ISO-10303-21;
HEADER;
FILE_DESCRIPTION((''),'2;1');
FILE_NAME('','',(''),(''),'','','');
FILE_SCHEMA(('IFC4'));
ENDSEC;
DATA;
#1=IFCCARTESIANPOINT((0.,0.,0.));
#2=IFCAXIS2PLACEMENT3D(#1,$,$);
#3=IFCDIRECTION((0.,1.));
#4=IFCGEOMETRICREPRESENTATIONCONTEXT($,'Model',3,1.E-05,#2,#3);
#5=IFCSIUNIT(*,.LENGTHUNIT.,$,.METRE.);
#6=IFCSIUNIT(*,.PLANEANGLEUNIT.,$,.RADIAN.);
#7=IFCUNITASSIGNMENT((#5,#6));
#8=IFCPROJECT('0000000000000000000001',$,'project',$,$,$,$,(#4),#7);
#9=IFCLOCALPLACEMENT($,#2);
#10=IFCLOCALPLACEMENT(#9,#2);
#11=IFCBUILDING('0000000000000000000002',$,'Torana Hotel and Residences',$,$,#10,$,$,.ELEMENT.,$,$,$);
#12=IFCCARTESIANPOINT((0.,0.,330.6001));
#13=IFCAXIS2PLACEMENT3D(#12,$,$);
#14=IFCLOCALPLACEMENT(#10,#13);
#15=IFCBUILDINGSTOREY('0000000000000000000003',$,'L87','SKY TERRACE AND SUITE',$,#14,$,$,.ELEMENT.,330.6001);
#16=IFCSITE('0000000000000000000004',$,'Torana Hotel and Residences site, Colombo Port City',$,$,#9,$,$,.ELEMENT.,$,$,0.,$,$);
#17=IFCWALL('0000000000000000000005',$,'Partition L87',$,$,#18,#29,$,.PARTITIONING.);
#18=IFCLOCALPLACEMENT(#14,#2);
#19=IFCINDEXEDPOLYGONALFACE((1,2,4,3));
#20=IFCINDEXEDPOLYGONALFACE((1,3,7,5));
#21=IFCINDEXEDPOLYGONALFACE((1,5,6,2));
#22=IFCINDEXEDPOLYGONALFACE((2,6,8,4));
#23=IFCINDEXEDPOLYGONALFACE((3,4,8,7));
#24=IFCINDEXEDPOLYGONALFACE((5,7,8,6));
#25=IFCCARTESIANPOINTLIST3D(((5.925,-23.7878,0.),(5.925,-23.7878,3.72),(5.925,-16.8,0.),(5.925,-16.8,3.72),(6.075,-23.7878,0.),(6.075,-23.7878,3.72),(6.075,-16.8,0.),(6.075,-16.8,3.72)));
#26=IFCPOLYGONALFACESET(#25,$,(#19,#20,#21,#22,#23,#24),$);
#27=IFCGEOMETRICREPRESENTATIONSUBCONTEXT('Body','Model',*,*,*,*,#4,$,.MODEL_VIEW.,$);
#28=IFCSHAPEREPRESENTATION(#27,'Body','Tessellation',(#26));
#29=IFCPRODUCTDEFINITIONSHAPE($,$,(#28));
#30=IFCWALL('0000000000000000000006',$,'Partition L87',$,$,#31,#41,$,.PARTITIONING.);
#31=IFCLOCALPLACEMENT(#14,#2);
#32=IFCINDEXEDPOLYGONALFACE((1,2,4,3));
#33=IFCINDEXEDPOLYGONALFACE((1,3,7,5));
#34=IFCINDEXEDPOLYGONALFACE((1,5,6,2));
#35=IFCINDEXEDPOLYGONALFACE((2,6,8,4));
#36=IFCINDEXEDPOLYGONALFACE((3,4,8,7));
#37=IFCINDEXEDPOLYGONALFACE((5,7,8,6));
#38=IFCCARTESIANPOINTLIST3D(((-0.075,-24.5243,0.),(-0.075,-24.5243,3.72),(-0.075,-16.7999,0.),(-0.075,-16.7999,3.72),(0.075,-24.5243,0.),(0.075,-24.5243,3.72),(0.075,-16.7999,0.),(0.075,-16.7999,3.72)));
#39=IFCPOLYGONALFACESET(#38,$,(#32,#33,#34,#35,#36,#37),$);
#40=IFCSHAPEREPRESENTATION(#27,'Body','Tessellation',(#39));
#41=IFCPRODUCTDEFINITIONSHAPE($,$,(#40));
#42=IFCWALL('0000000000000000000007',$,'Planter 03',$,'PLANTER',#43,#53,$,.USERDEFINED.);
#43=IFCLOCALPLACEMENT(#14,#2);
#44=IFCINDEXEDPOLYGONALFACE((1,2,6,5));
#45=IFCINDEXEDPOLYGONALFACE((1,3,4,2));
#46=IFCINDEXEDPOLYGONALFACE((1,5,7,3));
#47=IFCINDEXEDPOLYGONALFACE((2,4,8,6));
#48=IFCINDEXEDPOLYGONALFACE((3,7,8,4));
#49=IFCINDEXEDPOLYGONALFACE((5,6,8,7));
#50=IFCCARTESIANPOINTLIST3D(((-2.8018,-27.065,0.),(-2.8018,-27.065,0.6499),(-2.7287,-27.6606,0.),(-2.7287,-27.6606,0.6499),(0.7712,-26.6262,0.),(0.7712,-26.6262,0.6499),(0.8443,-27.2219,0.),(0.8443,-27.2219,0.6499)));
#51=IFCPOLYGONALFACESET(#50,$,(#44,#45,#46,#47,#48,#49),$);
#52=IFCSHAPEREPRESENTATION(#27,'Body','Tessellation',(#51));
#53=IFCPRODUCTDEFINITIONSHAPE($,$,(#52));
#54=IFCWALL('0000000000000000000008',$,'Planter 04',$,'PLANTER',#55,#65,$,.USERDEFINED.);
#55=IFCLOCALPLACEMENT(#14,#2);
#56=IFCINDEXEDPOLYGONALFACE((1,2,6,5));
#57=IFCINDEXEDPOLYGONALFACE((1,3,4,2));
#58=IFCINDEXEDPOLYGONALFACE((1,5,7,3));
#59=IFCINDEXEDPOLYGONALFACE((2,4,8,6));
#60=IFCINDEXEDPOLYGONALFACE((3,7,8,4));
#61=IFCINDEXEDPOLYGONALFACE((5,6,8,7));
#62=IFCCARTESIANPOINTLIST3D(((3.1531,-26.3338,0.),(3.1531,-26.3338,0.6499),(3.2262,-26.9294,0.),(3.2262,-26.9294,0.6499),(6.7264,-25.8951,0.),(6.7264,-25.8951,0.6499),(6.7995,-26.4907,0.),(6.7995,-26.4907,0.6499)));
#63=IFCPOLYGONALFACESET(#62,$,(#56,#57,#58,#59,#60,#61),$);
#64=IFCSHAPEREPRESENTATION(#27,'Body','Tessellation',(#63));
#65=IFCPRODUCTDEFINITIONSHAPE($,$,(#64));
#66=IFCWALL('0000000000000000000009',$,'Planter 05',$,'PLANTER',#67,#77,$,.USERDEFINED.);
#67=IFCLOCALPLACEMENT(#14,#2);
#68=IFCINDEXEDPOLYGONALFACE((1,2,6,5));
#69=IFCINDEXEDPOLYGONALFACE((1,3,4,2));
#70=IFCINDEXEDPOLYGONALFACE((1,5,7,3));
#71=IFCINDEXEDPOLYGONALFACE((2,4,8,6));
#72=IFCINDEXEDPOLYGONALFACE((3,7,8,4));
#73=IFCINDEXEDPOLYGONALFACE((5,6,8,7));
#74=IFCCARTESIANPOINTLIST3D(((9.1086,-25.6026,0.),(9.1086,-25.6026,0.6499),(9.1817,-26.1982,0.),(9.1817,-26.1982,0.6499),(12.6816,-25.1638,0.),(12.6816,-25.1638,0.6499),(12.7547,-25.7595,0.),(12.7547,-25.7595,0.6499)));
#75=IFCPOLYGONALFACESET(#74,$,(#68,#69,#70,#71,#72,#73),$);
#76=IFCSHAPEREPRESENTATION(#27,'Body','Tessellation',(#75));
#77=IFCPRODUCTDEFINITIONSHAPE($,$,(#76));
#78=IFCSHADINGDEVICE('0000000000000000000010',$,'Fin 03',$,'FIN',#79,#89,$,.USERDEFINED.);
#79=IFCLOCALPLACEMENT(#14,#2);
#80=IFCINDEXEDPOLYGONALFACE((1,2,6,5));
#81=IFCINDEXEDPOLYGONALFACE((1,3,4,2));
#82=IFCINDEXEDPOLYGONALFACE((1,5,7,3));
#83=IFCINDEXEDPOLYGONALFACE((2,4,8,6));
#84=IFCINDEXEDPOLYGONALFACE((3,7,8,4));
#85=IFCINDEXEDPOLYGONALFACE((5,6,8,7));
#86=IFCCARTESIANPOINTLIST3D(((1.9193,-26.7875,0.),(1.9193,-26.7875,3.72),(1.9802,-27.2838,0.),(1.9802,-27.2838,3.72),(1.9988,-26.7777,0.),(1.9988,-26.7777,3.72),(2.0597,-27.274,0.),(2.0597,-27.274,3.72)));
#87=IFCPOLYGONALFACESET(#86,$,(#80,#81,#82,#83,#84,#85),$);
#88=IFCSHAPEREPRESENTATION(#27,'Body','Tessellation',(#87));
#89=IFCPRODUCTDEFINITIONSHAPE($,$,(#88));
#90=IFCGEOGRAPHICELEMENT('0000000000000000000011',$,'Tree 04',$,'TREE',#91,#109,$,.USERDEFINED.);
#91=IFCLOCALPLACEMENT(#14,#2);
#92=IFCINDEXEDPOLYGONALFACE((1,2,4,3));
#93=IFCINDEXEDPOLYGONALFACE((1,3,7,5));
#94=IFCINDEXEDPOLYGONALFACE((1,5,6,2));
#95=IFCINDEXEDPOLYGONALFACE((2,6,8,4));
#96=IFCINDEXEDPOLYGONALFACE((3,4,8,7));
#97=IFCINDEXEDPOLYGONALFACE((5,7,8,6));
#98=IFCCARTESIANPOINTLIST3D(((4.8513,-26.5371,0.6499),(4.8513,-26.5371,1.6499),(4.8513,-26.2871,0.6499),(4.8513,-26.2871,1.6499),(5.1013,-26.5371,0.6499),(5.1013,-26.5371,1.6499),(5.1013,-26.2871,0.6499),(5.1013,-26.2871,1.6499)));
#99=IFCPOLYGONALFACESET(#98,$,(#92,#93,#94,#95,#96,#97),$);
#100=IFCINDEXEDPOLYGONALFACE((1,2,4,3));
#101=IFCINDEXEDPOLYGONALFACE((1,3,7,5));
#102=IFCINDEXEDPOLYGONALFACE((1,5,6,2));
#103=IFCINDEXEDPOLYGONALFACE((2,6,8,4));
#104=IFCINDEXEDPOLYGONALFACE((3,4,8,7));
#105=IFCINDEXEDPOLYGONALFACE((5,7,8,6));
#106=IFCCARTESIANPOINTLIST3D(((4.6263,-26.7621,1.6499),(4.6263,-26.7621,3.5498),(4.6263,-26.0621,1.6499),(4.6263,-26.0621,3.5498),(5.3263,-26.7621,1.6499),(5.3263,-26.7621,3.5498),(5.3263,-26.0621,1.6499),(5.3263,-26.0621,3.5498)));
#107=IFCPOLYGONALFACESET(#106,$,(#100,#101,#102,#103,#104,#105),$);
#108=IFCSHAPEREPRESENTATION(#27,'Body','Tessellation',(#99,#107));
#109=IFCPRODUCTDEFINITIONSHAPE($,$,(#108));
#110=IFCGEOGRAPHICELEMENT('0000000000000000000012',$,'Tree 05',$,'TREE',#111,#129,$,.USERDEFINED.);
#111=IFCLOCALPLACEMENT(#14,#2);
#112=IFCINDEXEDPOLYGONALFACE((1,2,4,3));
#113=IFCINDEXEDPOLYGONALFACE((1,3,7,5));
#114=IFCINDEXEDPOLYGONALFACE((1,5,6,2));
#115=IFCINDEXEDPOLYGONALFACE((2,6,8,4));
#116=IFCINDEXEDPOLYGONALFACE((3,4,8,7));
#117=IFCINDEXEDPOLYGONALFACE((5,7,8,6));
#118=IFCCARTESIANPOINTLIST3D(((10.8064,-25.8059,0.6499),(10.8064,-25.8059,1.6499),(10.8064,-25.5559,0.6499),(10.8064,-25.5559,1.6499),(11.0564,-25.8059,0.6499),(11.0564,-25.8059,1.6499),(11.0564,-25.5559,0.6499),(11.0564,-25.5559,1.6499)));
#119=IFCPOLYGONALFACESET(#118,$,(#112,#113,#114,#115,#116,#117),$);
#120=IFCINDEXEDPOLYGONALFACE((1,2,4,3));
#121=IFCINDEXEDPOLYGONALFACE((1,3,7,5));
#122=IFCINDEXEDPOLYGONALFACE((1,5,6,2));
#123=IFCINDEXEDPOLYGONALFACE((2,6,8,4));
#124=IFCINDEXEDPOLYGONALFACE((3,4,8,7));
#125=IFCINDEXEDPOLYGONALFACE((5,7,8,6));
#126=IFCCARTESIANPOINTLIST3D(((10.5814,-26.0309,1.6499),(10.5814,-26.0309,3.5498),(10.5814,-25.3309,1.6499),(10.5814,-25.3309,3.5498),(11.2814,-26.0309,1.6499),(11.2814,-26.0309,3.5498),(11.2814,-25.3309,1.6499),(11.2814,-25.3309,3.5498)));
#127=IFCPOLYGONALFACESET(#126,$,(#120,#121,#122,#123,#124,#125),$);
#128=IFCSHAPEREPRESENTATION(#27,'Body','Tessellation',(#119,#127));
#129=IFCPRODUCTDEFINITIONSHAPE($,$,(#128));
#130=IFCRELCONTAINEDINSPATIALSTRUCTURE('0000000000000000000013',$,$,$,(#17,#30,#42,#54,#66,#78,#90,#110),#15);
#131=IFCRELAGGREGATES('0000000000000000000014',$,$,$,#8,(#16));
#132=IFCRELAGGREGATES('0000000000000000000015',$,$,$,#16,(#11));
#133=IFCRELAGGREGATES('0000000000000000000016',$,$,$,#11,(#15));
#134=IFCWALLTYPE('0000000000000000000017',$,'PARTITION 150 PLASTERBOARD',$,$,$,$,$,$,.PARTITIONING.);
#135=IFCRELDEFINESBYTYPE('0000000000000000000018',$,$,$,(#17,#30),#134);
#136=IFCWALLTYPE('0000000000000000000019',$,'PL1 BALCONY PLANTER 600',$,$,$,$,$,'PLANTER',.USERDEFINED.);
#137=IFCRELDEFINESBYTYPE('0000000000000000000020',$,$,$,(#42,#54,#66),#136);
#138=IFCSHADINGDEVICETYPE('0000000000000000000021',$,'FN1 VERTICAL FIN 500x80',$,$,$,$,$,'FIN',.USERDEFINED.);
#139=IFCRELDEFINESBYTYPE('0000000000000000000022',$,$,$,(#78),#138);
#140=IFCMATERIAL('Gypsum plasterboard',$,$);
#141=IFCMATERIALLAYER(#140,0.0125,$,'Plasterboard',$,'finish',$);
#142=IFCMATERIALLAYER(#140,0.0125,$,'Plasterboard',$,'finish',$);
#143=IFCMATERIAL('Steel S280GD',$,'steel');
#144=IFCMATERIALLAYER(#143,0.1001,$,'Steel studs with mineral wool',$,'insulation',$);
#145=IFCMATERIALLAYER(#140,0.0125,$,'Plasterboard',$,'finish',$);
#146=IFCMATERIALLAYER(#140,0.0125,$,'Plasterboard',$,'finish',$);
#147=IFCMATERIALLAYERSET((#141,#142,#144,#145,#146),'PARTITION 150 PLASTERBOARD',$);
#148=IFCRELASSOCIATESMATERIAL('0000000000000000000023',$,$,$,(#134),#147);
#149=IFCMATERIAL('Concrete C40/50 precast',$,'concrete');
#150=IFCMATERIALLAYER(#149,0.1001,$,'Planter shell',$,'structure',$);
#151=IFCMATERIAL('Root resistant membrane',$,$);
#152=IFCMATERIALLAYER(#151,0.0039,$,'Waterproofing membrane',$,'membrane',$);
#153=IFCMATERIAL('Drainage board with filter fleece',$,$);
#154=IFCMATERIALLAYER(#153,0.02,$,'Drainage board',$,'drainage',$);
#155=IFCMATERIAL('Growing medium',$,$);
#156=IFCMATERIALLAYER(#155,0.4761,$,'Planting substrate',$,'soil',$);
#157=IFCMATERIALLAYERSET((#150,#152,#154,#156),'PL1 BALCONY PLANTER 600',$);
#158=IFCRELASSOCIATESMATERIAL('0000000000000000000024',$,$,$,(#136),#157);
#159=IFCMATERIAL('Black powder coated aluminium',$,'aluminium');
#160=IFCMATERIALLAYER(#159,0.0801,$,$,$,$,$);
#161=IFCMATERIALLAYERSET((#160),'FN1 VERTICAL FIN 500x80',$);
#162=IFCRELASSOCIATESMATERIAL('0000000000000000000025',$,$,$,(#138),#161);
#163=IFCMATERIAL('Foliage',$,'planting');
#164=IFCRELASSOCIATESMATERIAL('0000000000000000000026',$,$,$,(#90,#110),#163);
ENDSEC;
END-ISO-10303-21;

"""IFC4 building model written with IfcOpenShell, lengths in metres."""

from ifc_helpers import new_model, si_unit, direction, frame, frame_2d, origin, origin_2d, place, context, subcontext, project, spatial, rectangle, extrude, material, layer, layer_set, type_object, element, save


model = new_model("IFC4")

# Units and contexts
model_context = context("Model", 3, precision=1e-05, world=origin(), true_north=direction((0.0, 1.0)))
body_context = subcontext(model_context, "Body", "Model", "MODEL_VIEW")
ifc_project = project(units=[si_unit("LENGTHUNIT", "METRE"), si_unit("PLANEANGLEUNIT", "RADIAN")], contexts=[model_context])

# Site, building, storey
site_placement = place(None, origin())
site = spatial("IfcSite", under=ifc_project, at=site_placement, Name="Torana Hotel and Residences site, Colombo Port City", CompositionType="ELEMENT", RefElevation=0.0)
building_placement = place(site_placement, origin())
building = spatial("IfcBuilding", under=site, at=building_placement, Name="Torana Hotel and Residences", CompositionType="ELEMENT")
storey_placement = place(building_placement, frame((0.0, 0.0, 330.6001)))
storey = spatial("IfcBuildingStorey", under=building, at=storey_placement, Name="L87", Description="SKY TERRACE AND SUITE", CompositionType="ELEMENT", Elevation=330.6001)

# Walls
ifc_material_1 = material(Name="Gypsum plasterboard")
ifc_layer_1 = layer(ifc_material_1, 0.0125, Name="Plasterboard", Category="finish")
ifc_layer_2 = layer(ifc_material_1, 0.0125, Name="Plasterboard", Category="finish")
ifc_material_2 = material(Name="Steel S280GD", Category="steel")
ifc_layer_3 = layer(ifc_material_2, 0.1001, Name="Steel studs with mineral wool", Category="insulation")
ifc_layer_4 = layer(ifc_material_1, 0.0125, Name="Plasterboard", Category="finish")
ifc_layer_5 = layer(ifc_material_1, 0.0125, Name="Plasterboard", Category="finish")
ifc_layer_set_1 = layer_set([ifc_layer_1, ifc_layer_2, ifc_layer_3, ifc_layer_4, ifc_layer_5], Name="PARTITION 150 PLASTERBOARD")
wall_type_1 = type_object("IfcWallType", Name="PARTITION 150 PLASTERBOARD", PredefinedType="PARTITIONING", material=ifc_layer_set_1)
wall_1_placement = place(storey_placement, frame((6.0, -23.7878, 0.0), z_axis=(0.0, 0.0, 1.0), x_axis=(0.0, 1.0, 0.0)))
element("IfcWall", 1, at=wall_1_placement, inside=storey, type_object=wall_type_1, Name="Partition L87", PredefinedType="PARTITIONING", context=body_context, shape_type="SweptSolid", body=[
    extrude(rectangle(XDim=6.9878, YDim=0.1499, at=frame_2d((3.4939, 0.0))), origin(), (0.0, 0.0, 1.0), 3.72),
])
wall_2_placement = place(storey_placement, frame((0.0, -24.5244, 0.0), z_axis=(0.0, 0.0, 1.0), x_axis=(0.0, 1.0, 0.0)))
element("IfcWall", 2, at=wall_2_placement, inside=storey, type_object=wall_type_1, Name="Partition L87", PredefinedType="PARTITIONING", context=body_context, shape_type="SweptSolid", body=[
    extrude(rectangle(XDim=7.7244, YDim=0.1499, at=frame_2d((3.8623, 0.0))), origin(), (0.0, 0.0, 1.0), 3.72),
])
ifc_material_3 = material(Name="Concrete C40/50 precast", Category="concrete")
ifc_layer_6 = layer(ifc_material_3, 0.1001, Name="Planter shell", Category="structure")
ifc_material_4 = material(Name="Root resistant membrane")
ifc_layer_7 = layer(ifc_material_4, 0.0039, Name="Waterproofing membrane", Category="membrane")
ifc_material_5 = material(Name="Drainage board with filter fleece")
ifc_layer_8 = layer(ifc_material_5, 0.02, Name="Drainage board", Category="drainage")
ifc_material_6 = material(Name="Growing medium")
ifc_layer_9 = layer(ifc_material_6, 0.4761, Name="Planting substrate", Category="soil")
ifc_layer_set_2 = layer_set([ifc_layer_6, ifc_layer_7, ifc_layer_8, ifc_layer_9], Name="PL1 BALCONY PLANTER 600")
wall_type_2 = type_object("IfcWallType", Name="PL1 BALCONY PLANTER 600", ElementType="PLANTER", PredefinedType="USERDEFINED", material=ifc_layer_set_2)
wall_3_placement = place(storey_placement, frame((0.8076, -26.9241, 0.0), z_axis=(0.0, 0.0, 1.0), x_axis=(-0.992546, -0.121873, 0.0)))
element("IfcWall", 3, at=wall_3_placement, inside=storey, type_object=wall_type_2, Name="Planter 03", ObjectType="PLANTER", PredefinedType="USERDEFINED", context=body_context, shape_type="SweptSolid", body=[
    extrude(rectangle(XDim=3.5999, YDim=0.6001, at=frame_2d((1.7998, 0.0))), origin(), (0.0, 0.0, 1.0), 0.6499),
])
wall_4_placement = place(storey_placement, frame((6.7629, -26.1929, 0.0), z_axis=(0.0, 0.0, 1.0), x_axis=(-0.992547, -0.121864, 0.0)))
element("IfcWall", 4, at=wall_4_placement, inside=storey, type_object=wall_type_2, Name="Planter 04", ObjectType="PLANTER", PredefinedType="USERDEFINED", context=body_context, shape_type="SweptSolid", body=[
    extrude(rectangle(XDim=3.6001, YDim=0.6001, at=frame_2d((1.8, 0.0))), origin(), (0.0, 0.0, 1.0), 0.6499),
])
wall_5_placement = place(storey_placement, frame((12.718, -25.4617, 0.0), z_axis=(0.0, 0.0, 1.0), x_axis=(-0.992546, -0.121873, 0.0)))
element("IfcWall", 5, at=wall_5_placement, inside=storey, type_object=wall_type_2, Name="Planter 05", ObjectType="PLANTER", PredefinedType="USERDEFINED", context=body_context, shape_type="SweptSolid", body=[
    extrude(rectangle(XDim=3.5999, YDim=0.6001, at=frame_2d((1.7998, 0.0))), origin(), (0.0, 0.0, 1.0), 0.6499),
])

# Shading device
ifc_material_7 = material(Name="Black powder coated aluminium", Category="aluminium")
ifc_layer_10 = layer(ifc_material_7, 0.0801)
ifc_layer_set_3 = layer_set([ifc_layer_10], Name="FN1 VERTICAL FIN 500x80")
shading_device_type = type_object("IfcShadingDeviceType", Name="FN1 VERTICAL FIN 500x80", ElementType="FIN", PredefinedType="USERDEFINED", material=ifc_layer_set_3)
shading_device_placement = place(storey_placement, frame((1.9895, -27.0308, 0.0), z_axis=(0.0, 0.0, 1.0), x_axis=(-0.992547, -0.121866, 0.0)))
element("IfcShadingDevice", 6, at=shading_device_placement, inside=storey, type_object=shading_device_type, Name="Fin 03", ObjectType="FIN", PredefinedType="USERDEFINED", context=body_context, shape_type="SweptSolid", body=[
    extrude(rectangle(XDim=0.0801, YDim=0.5, at=origin_2d()), origin(), (0.0, 0.0, 1.0), 3.72),
])

# Geographic elements
ifc_material_8 = material(Name="Foliage", Category="planting")
for number, where, z_axis, x_axis, name in (
    (7, (4.9763, -26.4121, 0.6499), (0.0, 0.0, 1.0), (1.0, 0.0, 0.0), "Tree 04"),
    (8, (10.9314, -25.6809, 0.6499), (0.0, 0.0, 1.0), (1.0, 0.0, 0.0), "Tree 05"),
):
    element("IfcGeographicElement", number, at=place(storey_placement, frame(where, z_axis=z_axis, x_axis=x_axis)), inside=storey, material=ifc_material_8, Name=name, ObjectType="TREE", PredefinedType="USERDEFINED", context=body_context, shape_type="SweptSolid", body=[
        extrude(rectangle(XDim=0.25, YDim=0.25, at=origin_2d()), origin(), (0.0, 0.0, 1.0), 1.0),
        extrude(rectangle(XDim=0.7, YDim=0.7, at=origin_2d()), frame((0.0, 0.0, 1.0)), (0.0, 0.0, 1.0), 1.8999),
    ])

save(model, "model.ifc")
